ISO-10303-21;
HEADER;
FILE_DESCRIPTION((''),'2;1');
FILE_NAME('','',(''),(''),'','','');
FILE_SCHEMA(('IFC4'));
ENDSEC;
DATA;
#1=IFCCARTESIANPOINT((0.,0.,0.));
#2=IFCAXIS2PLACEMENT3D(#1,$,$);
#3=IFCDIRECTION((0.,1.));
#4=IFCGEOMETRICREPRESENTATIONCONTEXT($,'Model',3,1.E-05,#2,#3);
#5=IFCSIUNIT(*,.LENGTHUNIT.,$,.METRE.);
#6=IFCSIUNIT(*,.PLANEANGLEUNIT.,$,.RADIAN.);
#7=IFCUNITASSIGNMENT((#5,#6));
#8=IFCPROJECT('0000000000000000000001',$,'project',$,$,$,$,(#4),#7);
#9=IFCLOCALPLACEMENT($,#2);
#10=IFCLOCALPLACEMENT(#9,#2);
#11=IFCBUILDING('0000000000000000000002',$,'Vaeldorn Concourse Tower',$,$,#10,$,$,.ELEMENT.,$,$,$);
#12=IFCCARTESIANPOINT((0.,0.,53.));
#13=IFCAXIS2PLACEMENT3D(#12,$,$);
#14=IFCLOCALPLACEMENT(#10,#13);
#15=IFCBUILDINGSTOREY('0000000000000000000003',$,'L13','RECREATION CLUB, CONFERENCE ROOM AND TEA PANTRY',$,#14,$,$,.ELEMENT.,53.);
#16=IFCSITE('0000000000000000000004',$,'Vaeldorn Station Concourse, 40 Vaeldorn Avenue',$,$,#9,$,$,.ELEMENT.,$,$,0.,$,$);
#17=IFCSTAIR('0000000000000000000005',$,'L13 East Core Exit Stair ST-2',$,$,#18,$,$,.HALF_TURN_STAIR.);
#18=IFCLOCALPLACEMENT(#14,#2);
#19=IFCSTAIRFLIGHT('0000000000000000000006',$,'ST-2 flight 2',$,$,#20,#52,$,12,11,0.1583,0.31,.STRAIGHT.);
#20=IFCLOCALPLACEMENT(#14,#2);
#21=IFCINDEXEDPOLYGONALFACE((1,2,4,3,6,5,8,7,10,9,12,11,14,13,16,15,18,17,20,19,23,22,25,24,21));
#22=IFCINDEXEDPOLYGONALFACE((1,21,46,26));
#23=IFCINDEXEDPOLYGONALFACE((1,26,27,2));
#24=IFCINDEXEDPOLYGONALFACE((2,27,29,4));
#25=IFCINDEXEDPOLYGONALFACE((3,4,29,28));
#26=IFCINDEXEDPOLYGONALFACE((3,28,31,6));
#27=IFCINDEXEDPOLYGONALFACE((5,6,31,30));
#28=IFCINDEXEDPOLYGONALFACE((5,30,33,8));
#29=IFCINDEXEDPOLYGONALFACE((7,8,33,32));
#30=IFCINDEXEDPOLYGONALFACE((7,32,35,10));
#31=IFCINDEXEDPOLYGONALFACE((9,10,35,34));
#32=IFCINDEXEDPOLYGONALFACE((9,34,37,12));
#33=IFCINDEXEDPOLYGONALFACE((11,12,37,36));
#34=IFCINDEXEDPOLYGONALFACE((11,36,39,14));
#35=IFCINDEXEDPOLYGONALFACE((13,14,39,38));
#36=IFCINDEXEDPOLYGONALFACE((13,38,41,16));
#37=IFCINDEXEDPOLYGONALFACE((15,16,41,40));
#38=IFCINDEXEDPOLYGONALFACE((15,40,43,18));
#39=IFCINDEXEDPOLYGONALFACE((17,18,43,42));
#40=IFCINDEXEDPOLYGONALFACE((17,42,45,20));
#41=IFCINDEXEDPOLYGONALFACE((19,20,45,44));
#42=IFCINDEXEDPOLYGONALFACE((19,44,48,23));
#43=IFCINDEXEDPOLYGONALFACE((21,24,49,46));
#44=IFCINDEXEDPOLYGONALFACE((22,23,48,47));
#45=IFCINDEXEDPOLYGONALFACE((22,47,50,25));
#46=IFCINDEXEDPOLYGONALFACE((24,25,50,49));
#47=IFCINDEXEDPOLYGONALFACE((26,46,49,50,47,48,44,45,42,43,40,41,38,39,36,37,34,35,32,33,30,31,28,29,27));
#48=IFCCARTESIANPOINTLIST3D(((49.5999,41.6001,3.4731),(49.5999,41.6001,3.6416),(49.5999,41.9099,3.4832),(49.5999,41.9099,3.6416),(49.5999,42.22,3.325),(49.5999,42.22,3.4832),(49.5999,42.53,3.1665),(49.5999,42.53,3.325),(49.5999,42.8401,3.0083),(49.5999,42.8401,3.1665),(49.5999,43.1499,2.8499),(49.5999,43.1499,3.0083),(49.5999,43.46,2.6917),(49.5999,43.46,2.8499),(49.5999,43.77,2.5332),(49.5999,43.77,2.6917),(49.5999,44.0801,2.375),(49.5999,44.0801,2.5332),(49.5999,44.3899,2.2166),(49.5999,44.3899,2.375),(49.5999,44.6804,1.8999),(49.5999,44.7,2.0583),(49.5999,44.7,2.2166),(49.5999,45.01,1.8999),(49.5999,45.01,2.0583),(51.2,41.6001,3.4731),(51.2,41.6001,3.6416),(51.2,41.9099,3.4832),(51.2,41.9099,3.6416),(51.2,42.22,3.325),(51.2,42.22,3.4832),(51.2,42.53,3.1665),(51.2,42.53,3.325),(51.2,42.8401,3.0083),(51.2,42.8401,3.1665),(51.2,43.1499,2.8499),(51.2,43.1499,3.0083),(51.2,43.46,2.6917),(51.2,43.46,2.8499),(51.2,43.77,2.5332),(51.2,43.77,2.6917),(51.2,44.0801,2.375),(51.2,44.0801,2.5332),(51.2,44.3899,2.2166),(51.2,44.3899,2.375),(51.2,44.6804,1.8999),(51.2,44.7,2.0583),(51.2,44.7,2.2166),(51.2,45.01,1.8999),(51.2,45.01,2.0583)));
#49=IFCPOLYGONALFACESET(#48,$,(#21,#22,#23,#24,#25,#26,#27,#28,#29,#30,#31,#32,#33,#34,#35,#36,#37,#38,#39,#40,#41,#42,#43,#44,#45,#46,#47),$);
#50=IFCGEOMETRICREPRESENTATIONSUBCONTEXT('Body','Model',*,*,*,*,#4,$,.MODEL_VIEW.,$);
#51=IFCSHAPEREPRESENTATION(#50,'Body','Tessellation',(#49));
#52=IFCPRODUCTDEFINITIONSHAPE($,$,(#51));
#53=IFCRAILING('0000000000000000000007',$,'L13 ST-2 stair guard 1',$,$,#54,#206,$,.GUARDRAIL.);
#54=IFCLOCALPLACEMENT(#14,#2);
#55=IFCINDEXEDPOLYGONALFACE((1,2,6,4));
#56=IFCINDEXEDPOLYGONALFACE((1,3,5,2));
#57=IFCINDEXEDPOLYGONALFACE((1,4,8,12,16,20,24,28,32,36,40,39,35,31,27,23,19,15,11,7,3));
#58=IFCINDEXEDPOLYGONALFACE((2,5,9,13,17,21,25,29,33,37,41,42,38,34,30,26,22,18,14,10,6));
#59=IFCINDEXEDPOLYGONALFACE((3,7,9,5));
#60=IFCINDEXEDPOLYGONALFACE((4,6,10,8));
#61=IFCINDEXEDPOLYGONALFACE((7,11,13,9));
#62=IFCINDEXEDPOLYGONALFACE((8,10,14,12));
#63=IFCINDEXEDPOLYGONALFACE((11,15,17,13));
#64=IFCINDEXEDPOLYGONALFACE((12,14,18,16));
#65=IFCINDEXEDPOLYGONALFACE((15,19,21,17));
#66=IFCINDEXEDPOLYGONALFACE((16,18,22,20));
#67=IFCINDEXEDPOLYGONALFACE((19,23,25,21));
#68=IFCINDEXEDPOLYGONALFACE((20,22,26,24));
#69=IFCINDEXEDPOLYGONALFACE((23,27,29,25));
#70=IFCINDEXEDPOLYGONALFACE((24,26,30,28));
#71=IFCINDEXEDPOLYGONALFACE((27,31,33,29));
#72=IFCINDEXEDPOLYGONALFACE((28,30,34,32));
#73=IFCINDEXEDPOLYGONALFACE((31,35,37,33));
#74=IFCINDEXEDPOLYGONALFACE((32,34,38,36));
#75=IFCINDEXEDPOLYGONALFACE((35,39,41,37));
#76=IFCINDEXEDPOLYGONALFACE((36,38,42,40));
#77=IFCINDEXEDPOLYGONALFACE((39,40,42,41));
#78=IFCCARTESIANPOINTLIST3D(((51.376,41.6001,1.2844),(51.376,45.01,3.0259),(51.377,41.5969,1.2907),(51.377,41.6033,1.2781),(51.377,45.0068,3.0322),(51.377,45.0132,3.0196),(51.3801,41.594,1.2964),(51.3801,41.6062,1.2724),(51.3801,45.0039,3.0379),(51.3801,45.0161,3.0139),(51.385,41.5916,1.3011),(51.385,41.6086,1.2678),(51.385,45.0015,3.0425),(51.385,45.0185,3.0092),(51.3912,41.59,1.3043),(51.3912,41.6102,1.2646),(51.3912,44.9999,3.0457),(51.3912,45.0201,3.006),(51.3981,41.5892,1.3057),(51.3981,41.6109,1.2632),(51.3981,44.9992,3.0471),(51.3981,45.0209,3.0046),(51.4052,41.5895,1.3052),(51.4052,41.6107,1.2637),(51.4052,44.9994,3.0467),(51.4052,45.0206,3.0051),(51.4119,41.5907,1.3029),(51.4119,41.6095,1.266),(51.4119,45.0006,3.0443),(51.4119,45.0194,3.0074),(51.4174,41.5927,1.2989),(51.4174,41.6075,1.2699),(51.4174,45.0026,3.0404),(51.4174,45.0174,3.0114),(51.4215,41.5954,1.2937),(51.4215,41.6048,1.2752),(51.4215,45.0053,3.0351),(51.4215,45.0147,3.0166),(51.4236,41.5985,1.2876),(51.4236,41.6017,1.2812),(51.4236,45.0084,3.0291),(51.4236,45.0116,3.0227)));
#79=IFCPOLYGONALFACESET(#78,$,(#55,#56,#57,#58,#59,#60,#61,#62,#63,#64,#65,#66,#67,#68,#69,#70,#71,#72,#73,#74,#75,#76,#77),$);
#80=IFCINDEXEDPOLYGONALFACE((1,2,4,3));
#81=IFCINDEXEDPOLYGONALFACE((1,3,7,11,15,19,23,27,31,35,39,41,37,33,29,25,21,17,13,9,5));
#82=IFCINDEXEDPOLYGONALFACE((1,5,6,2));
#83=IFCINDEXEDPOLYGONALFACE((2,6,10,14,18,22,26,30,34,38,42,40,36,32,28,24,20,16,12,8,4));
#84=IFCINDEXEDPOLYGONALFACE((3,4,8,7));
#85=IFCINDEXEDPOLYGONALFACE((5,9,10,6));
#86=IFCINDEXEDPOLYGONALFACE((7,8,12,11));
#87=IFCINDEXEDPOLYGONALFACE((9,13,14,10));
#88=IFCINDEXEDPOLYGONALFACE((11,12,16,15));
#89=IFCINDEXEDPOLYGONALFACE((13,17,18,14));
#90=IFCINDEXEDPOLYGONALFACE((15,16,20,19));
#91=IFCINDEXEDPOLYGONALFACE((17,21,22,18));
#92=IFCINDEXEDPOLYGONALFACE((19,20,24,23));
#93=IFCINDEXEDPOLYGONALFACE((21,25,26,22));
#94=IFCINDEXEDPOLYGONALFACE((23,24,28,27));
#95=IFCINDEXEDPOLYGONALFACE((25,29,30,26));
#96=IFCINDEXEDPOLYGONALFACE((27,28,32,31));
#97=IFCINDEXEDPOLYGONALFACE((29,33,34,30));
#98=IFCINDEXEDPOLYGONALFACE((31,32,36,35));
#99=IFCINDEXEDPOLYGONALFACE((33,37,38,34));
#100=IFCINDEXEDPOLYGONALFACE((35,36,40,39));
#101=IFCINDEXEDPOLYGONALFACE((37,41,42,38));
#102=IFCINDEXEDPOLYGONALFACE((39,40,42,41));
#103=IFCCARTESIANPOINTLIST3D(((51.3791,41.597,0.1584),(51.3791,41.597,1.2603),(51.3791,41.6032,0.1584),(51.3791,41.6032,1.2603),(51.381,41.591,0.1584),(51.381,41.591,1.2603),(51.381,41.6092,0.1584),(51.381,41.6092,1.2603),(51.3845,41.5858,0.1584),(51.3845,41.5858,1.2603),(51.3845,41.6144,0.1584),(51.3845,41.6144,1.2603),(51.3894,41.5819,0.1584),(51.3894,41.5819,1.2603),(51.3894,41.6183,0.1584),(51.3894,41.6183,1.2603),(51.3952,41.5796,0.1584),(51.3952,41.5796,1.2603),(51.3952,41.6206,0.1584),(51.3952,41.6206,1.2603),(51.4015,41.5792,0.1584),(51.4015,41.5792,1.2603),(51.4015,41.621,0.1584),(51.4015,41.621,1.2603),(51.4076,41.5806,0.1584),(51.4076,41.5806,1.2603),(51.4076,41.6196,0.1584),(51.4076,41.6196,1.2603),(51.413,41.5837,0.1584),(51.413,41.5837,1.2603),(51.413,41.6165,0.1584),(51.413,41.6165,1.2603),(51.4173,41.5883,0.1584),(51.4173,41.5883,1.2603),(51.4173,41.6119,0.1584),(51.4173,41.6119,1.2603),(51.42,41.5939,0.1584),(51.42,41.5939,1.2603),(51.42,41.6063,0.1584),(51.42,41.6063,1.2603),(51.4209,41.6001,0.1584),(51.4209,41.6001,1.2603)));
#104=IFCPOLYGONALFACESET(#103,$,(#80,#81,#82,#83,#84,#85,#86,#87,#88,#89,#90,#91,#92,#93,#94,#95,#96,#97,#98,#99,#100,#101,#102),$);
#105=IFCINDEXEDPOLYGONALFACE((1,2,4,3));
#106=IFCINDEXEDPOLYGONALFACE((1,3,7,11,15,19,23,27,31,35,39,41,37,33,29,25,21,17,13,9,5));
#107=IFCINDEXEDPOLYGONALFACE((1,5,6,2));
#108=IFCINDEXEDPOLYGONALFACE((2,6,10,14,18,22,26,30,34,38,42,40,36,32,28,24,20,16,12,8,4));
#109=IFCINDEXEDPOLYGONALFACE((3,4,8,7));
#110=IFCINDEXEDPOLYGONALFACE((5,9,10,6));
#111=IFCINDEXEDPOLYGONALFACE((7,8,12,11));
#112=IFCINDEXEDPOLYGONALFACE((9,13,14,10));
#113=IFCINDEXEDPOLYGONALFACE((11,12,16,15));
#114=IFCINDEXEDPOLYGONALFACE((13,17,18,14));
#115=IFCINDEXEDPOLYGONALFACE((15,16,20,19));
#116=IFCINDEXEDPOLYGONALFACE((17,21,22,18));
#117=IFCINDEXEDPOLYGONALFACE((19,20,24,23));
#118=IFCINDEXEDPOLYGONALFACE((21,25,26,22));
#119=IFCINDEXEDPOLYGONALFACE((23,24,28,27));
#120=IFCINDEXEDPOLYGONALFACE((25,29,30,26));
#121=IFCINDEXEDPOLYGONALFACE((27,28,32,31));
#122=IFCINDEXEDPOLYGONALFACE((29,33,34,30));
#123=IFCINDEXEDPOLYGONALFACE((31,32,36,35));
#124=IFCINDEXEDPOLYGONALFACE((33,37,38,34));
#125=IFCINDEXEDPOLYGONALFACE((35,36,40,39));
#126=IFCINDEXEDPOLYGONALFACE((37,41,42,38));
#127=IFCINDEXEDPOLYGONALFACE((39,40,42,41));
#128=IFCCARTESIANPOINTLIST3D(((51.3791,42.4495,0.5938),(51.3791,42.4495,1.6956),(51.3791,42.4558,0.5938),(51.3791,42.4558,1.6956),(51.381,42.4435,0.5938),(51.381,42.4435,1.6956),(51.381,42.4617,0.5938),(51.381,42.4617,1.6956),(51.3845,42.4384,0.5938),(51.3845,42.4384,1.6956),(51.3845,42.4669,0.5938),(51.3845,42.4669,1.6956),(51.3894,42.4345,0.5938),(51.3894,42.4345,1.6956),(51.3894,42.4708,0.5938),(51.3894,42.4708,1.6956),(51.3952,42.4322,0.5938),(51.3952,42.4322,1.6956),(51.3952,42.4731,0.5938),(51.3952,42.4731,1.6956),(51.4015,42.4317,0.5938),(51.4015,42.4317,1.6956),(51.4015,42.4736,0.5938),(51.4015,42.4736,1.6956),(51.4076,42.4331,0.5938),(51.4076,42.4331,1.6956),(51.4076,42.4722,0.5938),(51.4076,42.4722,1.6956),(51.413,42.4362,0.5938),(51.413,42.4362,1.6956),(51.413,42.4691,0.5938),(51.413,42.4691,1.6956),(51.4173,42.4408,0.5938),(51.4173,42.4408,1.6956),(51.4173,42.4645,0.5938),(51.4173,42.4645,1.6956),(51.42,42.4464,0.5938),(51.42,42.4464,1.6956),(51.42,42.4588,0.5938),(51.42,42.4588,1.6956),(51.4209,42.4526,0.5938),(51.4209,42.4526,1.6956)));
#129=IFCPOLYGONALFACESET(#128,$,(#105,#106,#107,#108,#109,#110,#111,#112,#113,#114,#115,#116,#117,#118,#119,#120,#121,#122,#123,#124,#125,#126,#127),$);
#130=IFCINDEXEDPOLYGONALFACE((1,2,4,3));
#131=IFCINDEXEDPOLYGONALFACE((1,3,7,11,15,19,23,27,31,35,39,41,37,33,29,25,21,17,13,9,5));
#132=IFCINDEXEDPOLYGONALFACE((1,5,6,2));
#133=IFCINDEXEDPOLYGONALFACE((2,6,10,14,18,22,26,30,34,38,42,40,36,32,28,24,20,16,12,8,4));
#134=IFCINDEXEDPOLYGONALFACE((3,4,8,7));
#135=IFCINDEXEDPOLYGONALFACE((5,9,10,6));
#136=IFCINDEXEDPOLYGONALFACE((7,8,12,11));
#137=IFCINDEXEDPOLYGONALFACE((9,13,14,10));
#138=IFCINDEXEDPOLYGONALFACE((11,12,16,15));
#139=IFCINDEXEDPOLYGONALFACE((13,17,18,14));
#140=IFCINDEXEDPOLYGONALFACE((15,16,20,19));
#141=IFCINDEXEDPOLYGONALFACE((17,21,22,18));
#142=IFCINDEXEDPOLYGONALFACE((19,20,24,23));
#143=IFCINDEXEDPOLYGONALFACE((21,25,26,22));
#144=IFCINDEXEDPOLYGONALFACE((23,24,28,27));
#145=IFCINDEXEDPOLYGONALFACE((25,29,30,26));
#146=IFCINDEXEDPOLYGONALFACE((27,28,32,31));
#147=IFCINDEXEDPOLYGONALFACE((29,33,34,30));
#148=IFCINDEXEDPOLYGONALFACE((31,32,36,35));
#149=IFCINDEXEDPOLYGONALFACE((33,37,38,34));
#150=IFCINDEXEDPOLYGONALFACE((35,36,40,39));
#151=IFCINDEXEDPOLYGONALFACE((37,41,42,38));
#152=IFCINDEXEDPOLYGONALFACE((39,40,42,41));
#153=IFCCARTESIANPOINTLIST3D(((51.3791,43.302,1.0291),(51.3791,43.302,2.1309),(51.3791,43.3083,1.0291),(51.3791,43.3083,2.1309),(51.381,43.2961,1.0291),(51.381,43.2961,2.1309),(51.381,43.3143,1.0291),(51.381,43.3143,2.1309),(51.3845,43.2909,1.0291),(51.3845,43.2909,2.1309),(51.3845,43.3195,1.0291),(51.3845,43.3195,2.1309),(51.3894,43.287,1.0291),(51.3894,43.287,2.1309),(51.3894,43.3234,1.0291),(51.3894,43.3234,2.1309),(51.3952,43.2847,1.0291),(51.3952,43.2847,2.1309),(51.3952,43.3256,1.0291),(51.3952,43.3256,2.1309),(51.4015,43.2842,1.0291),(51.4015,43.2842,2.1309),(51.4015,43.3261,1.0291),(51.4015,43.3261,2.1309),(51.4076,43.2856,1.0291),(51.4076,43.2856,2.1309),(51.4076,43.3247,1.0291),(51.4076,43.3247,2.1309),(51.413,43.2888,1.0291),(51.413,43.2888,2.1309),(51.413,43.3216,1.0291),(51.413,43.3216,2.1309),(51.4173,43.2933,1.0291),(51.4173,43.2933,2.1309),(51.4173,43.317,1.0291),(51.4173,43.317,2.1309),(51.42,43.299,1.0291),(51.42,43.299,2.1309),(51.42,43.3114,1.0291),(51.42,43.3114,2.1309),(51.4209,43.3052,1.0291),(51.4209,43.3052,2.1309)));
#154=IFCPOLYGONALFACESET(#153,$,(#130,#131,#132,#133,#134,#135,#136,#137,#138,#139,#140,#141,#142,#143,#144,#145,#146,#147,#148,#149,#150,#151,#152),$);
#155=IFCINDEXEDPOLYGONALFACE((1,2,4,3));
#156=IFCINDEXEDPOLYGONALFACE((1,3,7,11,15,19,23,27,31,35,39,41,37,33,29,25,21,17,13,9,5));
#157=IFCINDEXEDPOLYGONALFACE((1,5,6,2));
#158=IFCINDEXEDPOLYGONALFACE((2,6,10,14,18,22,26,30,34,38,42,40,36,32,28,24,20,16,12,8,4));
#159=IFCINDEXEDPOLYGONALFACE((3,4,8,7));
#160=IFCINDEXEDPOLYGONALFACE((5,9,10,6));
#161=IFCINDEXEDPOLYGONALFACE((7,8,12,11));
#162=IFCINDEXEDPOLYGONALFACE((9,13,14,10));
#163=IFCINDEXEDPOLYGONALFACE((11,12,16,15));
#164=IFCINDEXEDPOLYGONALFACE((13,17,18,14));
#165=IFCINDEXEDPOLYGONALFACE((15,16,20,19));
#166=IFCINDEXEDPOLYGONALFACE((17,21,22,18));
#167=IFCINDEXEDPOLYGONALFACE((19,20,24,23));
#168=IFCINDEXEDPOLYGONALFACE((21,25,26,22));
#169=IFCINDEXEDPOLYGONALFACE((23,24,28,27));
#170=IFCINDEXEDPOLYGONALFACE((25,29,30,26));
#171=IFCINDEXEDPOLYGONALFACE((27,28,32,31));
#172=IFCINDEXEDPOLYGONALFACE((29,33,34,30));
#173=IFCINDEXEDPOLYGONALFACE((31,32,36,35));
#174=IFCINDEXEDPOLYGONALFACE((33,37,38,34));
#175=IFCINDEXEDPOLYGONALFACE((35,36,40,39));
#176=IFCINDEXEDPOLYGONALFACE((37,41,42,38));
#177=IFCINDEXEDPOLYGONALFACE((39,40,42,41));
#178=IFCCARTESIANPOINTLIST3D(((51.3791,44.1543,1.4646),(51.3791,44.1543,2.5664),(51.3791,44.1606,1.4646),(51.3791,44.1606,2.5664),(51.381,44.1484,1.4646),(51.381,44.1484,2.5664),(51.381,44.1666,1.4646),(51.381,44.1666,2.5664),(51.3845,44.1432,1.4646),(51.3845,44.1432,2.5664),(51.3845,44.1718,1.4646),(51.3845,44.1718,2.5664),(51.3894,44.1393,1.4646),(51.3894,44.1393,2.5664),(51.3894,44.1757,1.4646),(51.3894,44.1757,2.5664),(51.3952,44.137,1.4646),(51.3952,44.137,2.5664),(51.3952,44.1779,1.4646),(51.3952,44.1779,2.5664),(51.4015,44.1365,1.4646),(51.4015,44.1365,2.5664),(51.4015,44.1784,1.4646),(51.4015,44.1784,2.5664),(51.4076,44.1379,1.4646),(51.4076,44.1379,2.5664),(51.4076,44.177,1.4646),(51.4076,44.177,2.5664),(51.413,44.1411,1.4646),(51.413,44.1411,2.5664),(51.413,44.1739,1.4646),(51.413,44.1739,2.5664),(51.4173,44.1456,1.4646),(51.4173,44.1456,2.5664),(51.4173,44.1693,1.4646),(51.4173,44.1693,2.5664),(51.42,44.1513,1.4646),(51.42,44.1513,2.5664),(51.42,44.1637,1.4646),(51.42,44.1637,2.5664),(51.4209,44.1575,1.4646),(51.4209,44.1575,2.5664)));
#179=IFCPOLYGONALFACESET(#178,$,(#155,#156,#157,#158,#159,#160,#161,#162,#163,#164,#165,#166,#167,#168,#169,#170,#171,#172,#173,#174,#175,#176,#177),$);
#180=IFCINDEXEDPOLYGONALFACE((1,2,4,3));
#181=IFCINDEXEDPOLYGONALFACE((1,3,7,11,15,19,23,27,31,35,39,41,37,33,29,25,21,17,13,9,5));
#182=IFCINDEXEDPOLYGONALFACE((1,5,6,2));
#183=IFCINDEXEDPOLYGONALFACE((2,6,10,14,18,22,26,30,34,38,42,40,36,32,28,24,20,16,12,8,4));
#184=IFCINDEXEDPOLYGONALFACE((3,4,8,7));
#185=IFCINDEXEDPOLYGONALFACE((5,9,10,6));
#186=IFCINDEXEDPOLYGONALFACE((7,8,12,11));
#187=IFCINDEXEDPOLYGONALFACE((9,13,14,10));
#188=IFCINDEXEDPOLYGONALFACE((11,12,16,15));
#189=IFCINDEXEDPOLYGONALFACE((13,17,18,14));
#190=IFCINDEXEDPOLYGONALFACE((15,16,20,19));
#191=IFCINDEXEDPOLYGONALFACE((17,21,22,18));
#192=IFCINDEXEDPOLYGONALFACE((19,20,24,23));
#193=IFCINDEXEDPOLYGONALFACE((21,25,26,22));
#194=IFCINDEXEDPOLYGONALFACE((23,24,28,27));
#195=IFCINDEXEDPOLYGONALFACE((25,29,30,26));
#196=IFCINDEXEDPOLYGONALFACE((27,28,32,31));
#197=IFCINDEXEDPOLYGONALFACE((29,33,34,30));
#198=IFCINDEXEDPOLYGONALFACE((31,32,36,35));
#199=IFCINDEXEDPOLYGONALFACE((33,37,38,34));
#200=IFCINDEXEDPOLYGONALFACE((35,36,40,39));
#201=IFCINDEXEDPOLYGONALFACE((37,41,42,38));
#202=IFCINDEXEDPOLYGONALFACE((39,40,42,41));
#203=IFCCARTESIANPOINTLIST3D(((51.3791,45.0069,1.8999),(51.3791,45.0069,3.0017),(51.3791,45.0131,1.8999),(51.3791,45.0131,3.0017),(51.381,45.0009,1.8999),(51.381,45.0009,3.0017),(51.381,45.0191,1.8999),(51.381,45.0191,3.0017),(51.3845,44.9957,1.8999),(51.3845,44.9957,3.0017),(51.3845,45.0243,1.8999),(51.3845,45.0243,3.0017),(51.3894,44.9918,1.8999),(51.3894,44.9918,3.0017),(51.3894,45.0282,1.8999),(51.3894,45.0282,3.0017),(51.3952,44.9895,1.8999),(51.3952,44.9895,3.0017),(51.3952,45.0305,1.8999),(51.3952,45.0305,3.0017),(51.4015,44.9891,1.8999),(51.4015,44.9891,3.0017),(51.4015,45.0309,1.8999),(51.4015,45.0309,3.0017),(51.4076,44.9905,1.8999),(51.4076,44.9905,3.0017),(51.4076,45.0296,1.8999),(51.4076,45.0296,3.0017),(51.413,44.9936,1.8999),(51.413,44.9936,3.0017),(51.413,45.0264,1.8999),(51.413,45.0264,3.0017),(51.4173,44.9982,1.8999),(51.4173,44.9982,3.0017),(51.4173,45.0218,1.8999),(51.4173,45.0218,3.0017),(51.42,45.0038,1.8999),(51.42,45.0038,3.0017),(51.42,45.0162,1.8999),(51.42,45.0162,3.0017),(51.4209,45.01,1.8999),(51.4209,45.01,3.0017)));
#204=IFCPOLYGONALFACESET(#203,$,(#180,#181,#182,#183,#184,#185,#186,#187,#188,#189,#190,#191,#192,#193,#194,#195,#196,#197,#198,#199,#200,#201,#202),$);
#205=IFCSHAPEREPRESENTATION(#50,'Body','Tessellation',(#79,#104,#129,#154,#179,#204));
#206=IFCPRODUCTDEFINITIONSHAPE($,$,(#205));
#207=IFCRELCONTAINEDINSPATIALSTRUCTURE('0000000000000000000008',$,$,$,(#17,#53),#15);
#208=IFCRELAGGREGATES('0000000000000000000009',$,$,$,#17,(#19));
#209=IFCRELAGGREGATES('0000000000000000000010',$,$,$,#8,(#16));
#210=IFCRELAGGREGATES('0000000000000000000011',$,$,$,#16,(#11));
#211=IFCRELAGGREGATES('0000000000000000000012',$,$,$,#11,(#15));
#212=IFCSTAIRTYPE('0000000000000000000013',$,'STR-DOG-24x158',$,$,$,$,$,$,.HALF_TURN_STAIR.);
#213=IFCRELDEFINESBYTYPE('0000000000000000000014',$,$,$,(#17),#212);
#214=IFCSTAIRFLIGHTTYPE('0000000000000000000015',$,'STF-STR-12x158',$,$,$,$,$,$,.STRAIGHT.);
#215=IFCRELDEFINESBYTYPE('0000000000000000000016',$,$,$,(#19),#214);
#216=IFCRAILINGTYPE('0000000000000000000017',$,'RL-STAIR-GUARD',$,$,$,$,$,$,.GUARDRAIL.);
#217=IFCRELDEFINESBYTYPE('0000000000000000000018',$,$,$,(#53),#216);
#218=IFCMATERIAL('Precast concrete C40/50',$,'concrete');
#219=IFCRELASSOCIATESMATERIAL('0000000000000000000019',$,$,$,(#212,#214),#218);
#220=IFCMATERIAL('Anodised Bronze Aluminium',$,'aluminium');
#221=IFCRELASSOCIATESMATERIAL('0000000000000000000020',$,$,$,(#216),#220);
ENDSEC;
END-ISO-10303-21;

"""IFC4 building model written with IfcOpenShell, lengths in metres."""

from ifc_helpers import new_model, si_unit, direction, frame, origin, origin_2d, place, context, subcontext, project, spatial, polyline, circle, outline, extrude, material, type_object, element, aggregate, save


model = new_model("IFC4")

# Units and contexts
model_context = context("Model", 3, precision=1e-05, world=origin(), true_north=direction((0.0, 1.0)))
body_context = subcontext(model_context, "Body", "Model", "MODEL_VIEW")
ifc_project = project(units=[si_unit("LENGTHUNIT", "METRE"), si_unit("PLANEANGLEUNIT", "RADIAN")], contexts=[model_context])

# Site, building, storey
site_placement = place(None, origin())
site = spatial("IfcSite", under=ifc_project, at=site_placement, Name="Vaeldorn Station Concourse, 40 Vaeldorn Avenue", CompositionType="ELEMENT", RefElevation=0.0)
building_placement = place(site_placement, origin())
building = spatial("IfcBuilding", under=site, at=building_placement, Name="Vaeldorn Concourse Tower", CompositionType="ELEMENT")
storey_placement = place(building_placement, frame((0.0, 0.0, 53.0)))
storey = spatial("IfcBuildingStorey", under=building, at=storey_placement, Name="L13", Description="RECREATION CLUB, CONFERENCE ROOM AND TEA PANTRY", CompositionType="ELEMENT", Elevation=53.0)

# Shared definitions
ifc_material_1 = material(Name="Anodised Bronze Aluminium", Category="aluminium")

# Stair, stair flight
ifc_material_2 = material(Name="Precast concrete C40/50", Category="concrete")
stair_type = type_object("IfcStairType", Name="STR-DOG-24x158", PredefinedType="HALF_TURN_STAIR", material=ifc_material_2)
stair_placement = place(storey_placement, origin())
stair = element("IfcStair", 1, at=stair_placement, inside=storey, type_object=stair_type, Name="L13 East Core Exit Stair ST-2", PredefinedType="HALF_TURN_STAIR")
stair_flight_type = type_object("IfcStairFlightType", Name="STF-STR-12x158", PredefinedType="STRAIGHT", material=ifc_material_2)
stair_flight_1_placement = place(storey_placement, frame((50.3999, 45.01, 1.8999), z_axis=(0.0, 0.0, 1.0), x_axis=(0.0, -1.0, 0.0)))
stair_flight_1 = element("IfcStairFlight", 2, at=stair_flight_1_placement, type_object=stair_flight_type, Name="ST-2 flight 2", NumberOfRisers=12, NumberOfTreads=11, PredefinedType="STRAIGHT", RiserHeight=0.1583, TreadLength=0.31, context=body_context, shape_type="SweptSolid", body=[
    extrude(outline(polyline([(0.0, 0.0), (0.0, 0.1584), (0.3101, 0.1584), (0.3101, 0.3167), (0.6201, 0.3167), (0.6201, 0.4751), (0.9299, 0.4751), (0.9299, 0.6333), (1.24, 0.6333), (1.24, 0.7917), (1.55, 0.7917), (1.55, 0.95), (1.8601, 0.95), (1.8601, 1.1084), (2.1699, 1.1084), (2.1699, 1.2666), (2.48, 1.2666), (2.48, 1.425), (2.79, 1.425), (2.79, 1.5833), (3.1001, 1.5833), (3.1001, 1.7417), (3.4099, 1.7417), (3.4099, 1.8999), (3.4099, 1.5732), (0.3296, 0.0), (0.0, 0.0)])), frame((0.0, 0.8, 0.0), z_axis=(0.0, -1.0, 0.0), x_axis=(1.0, 0.0, 0.0)), (0.0, 0.0, 1.0), 1.6001),
])
aggregate(stair, [stair_flight_1])

# Railing
railing_type_1 = type_object("IfcRailingType", Name="RL-STAIR-GUARD", PredefinedType="GUARDRAIL", material=ifc_material_1)
railing_1_placement = place(storey_placement, frame((51.3999, 41.6001, 0.1584)))
element("IfcRailing", 3, at=railing_1_placement, inside=storey, type_object=railing_type_1, Name="L13 ST-2 stair guard 1", PredefinedType="GUARDRAIL", context=body_context, shape_type="SweptSolid", body=[
    extrude(circle(Radius=0.0239, at=origin_2d()), frame((0.0, 0.0, 1.126), z_axis=(0.0, 0.890582, 0.454823), x_axis=(-1.0, 0.0, 0.0)), (0.0, 0.0, 1.0), 3.8289),
    extrude(circle(Radius=0.021, at=origin_2d()), origin(), (0.0, 0.0, 1.0), 1.1018),
    extrude(circle(Radius=0.021, at=origin_2d()), frame((0.0, 0.8525, 0.4353)), (0.0, 0.0, 1.0), 1.1018),
    extrude(circle(Radius=0.021, at=origin_2d()), frame((0.0, 1.7051, 0.8706)), (0.0, 0.0, 1.0), 1.1018),
    extrude(circle(Radius=0.021, at=origin_2d()), frame((0.0, 2.5574, 1.3062)), (0.0, 0.0, 1.0), 1.1018),
    extrude(circle(Radius=0.021, at=origin_2d()), frame((0.0, 3.4099, 1.7415)), (0.0, 0.0, 1.0), 1.1018),
])

save(model, "model.ifc")
